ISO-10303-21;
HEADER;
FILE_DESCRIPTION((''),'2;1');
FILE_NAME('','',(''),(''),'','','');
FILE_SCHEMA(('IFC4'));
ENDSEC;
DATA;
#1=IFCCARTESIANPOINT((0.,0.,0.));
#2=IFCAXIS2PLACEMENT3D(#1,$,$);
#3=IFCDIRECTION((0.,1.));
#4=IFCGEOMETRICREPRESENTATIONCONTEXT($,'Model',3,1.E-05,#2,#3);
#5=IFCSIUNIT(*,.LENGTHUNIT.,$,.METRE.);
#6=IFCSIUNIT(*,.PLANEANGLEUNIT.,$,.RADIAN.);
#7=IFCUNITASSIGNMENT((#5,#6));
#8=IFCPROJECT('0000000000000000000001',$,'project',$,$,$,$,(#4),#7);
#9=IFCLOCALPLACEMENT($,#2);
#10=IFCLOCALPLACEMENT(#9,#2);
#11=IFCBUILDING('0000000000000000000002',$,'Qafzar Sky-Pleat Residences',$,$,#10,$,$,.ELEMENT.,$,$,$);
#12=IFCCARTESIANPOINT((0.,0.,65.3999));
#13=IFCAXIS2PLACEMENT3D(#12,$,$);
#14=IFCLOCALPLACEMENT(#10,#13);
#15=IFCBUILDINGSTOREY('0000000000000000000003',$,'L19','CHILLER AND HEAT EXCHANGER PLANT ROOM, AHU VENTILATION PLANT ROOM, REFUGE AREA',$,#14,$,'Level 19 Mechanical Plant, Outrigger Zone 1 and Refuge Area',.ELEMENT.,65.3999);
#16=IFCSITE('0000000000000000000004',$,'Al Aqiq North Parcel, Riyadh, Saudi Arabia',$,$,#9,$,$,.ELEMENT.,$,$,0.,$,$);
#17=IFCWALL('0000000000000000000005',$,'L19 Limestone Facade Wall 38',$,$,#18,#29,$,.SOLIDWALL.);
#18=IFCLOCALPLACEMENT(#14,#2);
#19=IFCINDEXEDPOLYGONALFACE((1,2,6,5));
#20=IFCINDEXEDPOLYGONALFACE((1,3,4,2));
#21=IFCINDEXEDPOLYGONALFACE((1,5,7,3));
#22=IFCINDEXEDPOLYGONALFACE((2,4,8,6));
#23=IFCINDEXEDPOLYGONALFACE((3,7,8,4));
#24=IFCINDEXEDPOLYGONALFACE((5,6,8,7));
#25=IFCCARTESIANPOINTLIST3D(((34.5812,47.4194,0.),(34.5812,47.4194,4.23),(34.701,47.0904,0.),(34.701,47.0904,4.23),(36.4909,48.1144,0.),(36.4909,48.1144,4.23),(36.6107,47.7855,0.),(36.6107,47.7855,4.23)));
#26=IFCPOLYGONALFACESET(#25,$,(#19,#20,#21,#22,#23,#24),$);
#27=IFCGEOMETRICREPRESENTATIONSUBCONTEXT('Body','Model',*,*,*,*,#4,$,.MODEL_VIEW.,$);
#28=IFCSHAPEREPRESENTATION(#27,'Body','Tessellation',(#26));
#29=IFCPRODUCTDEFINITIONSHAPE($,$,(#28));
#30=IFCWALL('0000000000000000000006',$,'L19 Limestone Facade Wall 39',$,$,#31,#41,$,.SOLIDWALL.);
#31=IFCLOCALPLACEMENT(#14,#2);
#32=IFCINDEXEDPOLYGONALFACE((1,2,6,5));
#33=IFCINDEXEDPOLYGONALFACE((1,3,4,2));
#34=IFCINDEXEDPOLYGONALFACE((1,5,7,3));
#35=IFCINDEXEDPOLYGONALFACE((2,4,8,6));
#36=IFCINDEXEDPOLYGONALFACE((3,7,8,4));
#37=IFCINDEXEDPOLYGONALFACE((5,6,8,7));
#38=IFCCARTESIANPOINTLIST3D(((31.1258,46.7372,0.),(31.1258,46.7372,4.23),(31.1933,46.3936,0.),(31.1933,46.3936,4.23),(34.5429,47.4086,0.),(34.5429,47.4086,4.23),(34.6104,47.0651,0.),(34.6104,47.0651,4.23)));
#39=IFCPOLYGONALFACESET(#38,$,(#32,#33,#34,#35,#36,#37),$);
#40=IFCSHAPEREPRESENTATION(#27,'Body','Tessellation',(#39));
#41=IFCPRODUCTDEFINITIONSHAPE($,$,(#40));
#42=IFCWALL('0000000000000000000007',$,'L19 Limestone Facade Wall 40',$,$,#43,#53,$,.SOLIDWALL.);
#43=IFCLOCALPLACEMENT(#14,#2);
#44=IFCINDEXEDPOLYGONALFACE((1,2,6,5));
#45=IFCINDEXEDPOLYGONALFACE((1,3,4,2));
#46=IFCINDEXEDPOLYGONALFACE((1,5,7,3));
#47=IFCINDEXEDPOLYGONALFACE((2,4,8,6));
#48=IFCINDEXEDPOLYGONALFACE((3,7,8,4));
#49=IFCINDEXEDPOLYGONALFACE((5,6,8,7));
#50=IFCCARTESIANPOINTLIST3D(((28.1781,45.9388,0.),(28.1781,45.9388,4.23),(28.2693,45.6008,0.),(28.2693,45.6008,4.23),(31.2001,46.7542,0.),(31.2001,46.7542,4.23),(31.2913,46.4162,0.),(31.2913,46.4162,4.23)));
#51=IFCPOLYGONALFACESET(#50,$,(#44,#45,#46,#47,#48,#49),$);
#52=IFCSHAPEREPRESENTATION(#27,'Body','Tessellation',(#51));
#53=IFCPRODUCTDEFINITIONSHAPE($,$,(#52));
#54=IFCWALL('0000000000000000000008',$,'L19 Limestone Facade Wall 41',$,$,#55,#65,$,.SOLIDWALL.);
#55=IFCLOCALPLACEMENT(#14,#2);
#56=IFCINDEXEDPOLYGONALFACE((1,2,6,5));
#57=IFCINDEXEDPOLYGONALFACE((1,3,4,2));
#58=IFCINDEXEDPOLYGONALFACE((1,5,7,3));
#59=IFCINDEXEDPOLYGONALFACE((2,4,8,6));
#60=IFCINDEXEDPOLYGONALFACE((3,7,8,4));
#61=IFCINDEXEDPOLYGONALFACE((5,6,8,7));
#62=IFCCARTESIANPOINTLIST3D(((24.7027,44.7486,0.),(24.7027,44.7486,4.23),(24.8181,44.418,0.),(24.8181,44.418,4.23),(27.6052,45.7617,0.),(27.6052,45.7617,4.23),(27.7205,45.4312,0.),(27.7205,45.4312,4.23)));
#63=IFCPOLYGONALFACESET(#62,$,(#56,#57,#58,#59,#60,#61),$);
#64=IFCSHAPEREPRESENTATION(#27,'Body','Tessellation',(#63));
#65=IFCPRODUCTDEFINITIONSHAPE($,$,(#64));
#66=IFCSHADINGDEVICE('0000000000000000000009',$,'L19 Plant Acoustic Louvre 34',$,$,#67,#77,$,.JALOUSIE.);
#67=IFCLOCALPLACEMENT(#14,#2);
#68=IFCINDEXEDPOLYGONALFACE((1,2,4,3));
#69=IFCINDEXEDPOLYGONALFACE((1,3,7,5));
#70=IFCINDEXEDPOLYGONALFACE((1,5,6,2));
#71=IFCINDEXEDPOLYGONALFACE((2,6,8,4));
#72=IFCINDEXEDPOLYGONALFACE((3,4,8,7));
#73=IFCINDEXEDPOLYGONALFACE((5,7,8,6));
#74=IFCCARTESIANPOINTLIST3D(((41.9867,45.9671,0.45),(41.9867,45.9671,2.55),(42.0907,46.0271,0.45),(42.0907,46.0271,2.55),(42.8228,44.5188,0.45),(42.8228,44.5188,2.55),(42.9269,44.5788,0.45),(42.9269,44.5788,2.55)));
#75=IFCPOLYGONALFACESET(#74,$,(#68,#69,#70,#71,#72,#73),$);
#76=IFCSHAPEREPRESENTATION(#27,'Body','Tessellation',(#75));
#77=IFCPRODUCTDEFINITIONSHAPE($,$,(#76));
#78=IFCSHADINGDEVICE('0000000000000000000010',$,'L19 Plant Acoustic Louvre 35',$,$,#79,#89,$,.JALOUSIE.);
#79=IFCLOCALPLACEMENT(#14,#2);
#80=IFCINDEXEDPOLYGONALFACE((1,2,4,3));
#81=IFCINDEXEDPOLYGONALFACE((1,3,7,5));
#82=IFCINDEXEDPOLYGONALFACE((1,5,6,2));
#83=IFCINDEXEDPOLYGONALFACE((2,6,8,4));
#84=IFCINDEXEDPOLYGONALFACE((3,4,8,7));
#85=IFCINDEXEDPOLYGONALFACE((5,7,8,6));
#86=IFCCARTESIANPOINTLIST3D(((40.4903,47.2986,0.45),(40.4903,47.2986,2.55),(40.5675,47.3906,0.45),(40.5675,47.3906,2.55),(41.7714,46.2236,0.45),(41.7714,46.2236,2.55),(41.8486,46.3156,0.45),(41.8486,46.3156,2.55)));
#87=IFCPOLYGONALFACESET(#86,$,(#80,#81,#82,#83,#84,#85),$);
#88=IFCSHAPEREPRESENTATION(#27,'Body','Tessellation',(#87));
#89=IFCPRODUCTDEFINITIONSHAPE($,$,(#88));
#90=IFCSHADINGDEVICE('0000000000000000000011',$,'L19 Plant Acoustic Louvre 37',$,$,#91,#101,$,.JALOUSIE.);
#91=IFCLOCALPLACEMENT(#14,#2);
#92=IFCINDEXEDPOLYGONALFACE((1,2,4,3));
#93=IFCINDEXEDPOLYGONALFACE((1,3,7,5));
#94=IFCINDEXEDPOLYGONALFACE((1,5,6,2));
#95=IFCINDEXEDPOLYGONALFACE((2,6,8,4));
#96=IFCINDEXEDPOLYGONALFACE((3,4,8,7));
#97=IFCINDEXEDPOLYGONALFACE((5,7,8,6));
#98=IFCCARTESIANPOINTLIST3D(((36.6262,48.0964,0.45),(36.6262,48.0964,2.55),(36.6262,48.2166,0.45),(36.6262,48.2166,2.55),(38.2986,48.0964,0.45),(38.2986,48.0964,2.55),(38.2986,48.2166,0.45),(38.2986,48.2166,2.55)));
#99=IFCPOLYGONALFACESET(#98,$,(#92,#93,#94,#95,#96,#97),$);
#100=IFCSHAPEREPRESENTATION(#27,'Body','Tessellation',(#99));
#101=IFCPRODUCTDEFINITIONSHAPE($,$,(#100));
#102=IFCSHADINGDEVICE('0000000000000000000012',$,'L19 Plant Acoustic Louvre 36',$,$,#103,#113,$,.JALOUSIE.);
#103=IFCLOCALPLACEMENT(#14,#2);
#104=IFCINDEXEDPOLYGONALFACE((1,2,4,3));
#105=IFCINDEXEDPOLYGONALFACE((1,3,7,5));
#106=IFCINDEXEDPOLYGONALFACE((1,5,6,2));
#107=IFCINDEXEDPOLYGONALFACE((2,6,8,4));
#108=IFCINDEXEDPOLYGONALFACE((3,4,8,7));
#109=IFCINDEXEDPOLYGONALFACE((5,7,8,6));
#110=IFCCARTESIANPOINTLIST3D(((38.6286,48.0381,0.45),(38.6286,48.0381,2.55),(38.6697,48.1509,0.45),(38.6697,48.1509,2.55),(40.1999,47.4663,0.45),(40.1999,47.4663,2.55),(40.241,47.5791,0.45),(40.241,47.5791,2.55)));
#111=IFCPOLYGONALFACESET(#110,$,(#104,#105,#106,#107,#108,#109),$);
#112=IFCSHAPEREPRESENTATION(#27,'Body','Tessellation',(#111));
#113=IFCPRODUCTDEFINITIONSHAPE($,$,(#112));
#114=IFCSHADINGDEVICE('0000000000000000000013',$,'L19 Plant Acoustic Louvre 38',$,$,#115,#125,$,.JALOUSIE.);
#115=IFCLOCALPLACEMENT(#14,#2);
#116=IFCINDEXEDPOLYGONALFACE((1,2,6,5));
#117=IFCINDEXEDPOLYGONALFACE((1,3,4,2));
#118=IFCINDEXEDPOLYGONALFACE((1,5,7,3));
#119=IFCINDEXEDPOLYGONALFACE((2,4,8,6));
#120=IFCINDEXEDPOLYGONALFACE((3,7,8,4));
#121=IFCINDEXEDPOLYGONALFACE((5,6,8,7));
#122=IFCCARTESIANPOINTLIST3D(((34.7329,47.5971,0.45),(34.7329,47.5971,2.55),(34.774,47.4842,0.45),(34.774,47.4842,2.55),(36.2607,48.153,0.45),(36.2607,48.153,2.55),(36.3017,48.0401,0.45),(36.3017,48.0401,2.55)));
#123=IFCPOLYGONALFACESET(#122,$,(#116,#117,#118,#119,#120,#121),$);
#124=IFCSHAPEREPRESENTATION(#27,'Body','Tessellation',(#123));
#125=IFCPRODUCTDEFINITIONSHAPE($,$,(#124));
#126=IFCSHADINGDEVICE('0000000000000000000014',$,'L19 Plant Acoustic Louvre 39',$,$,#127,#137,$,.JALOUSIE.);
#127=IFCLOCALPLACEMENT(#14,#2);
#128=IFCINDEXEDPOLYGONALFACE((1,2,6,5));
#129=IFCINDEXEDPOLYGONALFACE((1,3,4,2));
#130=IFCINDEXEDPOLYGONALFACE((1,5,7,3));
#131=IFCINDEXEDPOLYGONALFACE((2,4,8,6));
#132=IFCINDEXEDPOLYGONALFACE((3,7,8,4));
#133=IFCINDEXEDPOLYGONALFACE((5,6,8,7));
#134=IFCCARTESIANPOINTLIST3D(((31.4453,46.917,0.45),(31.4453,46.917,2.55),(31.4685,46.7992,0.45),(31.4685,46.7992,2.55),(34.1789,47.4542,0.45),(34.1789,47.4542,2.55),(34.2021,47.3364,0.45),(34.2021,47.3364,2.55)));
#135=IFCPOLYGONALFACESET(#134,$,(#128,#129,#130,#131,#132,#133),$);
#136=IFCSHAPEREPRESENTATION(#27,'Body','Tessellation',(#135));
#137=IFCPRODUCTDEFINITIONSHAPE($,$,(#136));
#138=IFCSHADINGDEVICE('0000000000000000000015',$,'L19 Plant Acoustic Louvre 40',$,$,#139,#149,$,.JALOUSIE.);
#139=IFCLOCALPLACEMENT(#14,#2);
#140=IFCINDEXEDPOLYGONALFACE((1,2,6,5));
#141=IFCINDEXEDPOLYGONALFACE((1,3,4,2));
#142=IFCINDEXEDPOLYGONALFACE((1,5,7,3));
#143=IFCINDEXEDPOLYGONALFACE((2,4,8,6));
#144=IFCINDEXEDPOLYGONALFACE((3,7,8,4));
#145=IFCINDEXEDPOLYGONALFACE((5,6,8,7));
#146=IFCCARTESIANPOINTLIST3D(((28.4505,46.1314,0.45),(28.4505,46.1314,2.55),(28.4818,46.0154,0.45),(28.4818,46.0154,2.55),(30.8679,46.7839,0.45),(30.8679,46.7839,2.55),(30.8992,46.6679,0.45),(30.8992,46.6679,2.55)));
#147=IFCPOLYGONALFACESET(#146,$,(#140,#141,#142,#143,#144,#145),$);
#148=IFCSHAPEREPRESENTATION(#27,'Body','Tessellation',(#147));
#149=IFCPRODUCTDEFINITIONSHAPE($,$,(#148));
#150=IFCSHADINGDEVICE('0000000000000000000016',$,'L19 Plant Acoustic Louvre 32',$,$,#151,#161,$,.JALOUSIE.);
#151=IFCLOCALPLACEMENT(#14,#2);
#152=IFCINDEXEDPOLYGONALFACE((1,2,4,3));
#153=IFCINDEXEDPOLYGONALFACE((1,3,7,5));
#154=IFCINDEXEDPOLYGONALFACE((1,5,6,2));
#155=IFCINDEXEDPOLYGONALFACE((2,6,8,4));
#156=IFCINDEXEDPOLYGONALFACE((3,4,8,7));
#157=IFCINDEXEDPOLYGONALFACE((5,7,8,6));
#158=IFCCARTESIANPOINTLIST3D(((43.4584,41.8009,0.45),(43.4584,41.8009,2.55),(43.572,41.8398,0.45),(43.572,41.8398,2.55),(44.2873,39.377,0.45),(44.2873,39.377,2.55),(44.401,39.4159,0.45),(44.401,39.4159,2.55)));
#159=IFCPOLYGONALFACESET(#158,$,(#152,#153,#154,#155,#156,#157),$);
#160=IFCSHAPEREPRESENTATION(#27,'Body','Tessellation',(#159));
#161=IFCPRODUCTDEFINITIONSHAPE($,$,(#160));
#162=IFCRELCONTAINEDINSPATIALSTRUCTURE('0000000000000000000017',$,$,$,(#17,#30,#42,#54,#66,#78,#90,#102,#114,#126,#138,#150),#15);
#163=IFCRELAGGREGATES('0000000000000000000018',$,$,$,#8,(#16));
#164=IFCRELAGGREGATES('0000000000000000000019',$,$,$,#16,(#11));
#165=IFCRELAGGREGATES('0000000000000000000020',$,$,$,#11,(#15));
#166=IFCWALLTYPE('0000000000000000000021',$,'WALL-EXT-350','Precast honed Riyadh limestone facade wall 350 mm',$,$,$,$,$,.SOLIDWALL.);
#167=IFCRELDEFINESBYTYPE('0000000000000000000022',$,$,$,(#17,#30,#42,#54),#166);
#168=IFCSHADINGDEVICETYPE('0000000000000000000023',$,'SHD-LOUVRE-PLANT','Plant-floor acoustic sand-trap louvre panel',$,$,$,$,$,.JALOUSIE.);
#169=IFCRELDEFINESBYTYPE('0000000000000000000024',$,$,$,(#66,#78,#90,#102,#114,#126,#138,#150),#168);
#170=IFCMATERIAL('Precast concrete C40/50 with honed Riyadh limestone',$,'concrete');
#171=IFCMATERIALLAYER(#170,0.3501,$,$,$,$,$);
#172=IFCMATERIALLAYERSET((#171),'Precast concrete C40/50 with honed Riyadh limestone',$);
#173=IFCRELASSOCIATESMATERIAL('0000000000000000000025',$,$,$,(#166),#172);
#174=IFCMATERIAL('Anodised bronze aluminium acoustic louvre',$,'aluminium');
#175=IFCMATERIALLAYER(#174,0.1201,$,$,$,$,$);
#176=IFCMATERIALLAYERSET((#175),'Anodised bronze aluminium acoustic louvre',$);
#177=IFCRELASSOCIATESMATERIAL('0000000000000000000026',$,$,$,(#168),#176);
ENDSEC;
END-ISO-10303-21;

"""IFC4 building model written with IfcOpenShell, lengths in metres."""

from ifc_helpers import new_model, si_unit, direction, frame, frame_2d, origin, origin_2d, place, context, subcontext, project, spatial, rectangle, extrude, source, transform, mapped, material, layer, layer_set, type_object, element, save


model = new_model("IFC4")

# Units and contexts
model_context = context("Model", 3, precision=1e-05, world=origin(), true_north=direction((0.0, 1.0)))
body_context = subcontext(model_context, "Body", "Model", "MODEL_VIEW")
ifc_project = project(units=[si_unit("LENGTHUNIT", "METRE"), si_unit("PLANEANGLEUNIT", "RADIAN")], contexts=[model_context])

# Site, building, storey
site_placement = place(None, origin())
site = spatial("IfcSite", under=ifc_project, at=site_placement, Name="Al Aqiq North Parcel, Riyadh, Saudi Arabia", CompositionType="ELEMENT", RefElevation=0.0)
building_placement = place(site_placement, origin())
building = spatial("IfcBuilding", under=site, at=building_placement, Name="Qafzar Sky-Pleat Residences", CompositionType="ELEMENT")
storey_placement = place(building_placement, frame((0.0, 0.0, 65.3999)))
storey = spatial("IfcBuildingStorey", under=building, at=storey_placement, Name="L19", Description="CHILLER AND HEAT EXCHANGER PLANT ROOM, AHU VENTILATION PLANT ROOM, REFUGE AREA", LongName="Level 19 Mechanical Plant, Outrigger Zone 1 and Refuge Area", CompositionType="ELEMENT", Elevation=65.3999)

# Walls
ifc_material_1 = material(Name="Precast concrete C40/50 with honed Riyadh limestone", Category="concrete")
ifc_layer_1 = layer(ifc_material_1, 0.3501)
ifc_layer_set_1 = layer_set([ifc_layer_1], Name="Precast concrete C40/50 with honed Riyadh limestone")
wall_type = type_object("IfcWallType", Name="WALL-EXT-350", Description="Precast honed Riyadh limestone facade wall 350 mm", PredefinedType="SOLIDWALL", material=ifc_layer_set_1)
wall_1_placement = place(storey_placement, frame((36.5508, 47.95, 0.0), z_axis=(0.0, 0.0, 1.0), x_axis=(-0.939692, -0.342023, 0.0)))
element("IfcWall", 1, at=wall_1_placement, inside=storey, type_object=wall_type, Name="L19 Limestone Facade Wall 38", PredefinedType="SOLIDWALL", context=body_context, shape_type="SweptSolid", body=[
    extrude(rectangle(XDim=2.0322, YDim=0.3501, at=frame_2d((1.0161, 0.0))), origin(), (0.0, 0.0, 1.0), 4.23),
])
wall_2_placement = place(storey_placement, frame((34.5767, 47.2368, 0.0), z_axis=(0.0, 0.0, 1.0), x_axis=(-0.981238, -0.192798, 0.0)))
element("IfcWall", 2, at=wall_2_placement, inside=storey, type_object=wall_type, Name="L19 Limestone Facade Wall 39", PredefinedType="SOLIDWALL", context=body_context, shape_type="SweptSolid", body=[
    extrude(rectangle(XDim=3.4824, YDim=0.3501, at=frame_2d((1.7412, 0.0))), origin(), (0.0, 0.0, 1.0), 4.23),
])
wall_3_placement = place(storey_placement, frame((31.2456, 46.5852, 0.0), z_axis=(0.0, 0.0, 1.0), x_axis=(-0.96547, -0.260516, 0.0)))
element("IfcWall", 3, at=wall_3_placement, inside=storey, type_object=wall_type, Name="L19 Limestone Facade Wall 40", PredefinedType="SOLIDWALL", context=body_context, shape_type="SweptSolid", body=[
    extrude(rectangle(XDim=3.1301, YDim=0.3501, at=frame_2d((1.5649, 0.0))), origin(), (0.0, 0.0, 1.0), 4.23),
])
wall_4_placement = place(storey_placement, frame((27.6628, 45.5964, 0.0), z_axis=(0.0, 0.0, 1.0), x_axis=(-0.944134, -0.329561, 0.0)))
element("IfcWall", 4, at=wall_4_placement, inside=storey, type_object=wall_type, Name="L19 Limestone Facade Wall 41", PredefinedType="SOLIDWALL", context=body_context, shape_type="SweptSolid", body=[
    extrude(rectangle(XDim=3.0742, YDim=0.3501, at=frame_2d((1.5371, 0.0))), origin(), (0.0, 0.0, 1.0), 4.23),
])

# Shading devices
ifc_material_2 = material(Name="Anodised bronze aluminium acoustic louvre", Category="aluminium")
ifc_layer_2 = layer(ifc_material_2, 0.1201)
ifc_layer_set_2 = layer_set([ifc_layer_2], Name="Anodised bronze aluminium acoustic louvre")
shading_device_type = type_object("IfcShadingDeviceType", Name="SHD-LOUVRE-PLANT", Description="Plant-floor acoustic sand-trap louvre panel", PredefinedType="JALOUSIE", material=ifc_layer_set_2)
shared_shape_1 = source(origin(), body_context, "Body", "SweptSolid", [
    extrude(rectangle(XDim=1.6724, YDim=0.1201, at=origin_2d()), origin(), (0.0, 0.0, 1.0), 2.1001),
])
for number, where, z_axis, x_axis, name in (
    (5, (42.4568, 45.2729, 0.45), (0.0, 0.0, 1.0), (-0.499972, 0.866041, 0.0), "L19 Plant Acoustic Louvre 34"),
    (6, (41.1694, 46.8071, 0.45), (0.0, 0.0, 1.0), (-0.766033, 0.642802, 0.0), "L19 Plant Acoustic Louvre 35"),
    (7, (37.4624, 48.1565, 0.45), (0.0, 0.0, 1.0), (-1.0, 0.0, 0.0), "L19 Plant Acoustic Louvre 37"),
):
    element("IfcShadingDevice", number, at=place(storey_placement, frame(where, z_axis=z_axis, x_axis=x_axis)), inside=storey, type_object=shading_device_type, Name=name, PredefinedType="JALOUSIE", context=body_context, shape_type="MappedRepresentation", body=[
        mapped(shared_shape_1, transform((0.0, 0.0, 0.0), x_axis=(1.0, 0.0, 0.0), y_axis=(0.0, 1.0, 0.0), z_axis=(0.0, 0.0, 1.0), scale=1.0)),
    ])
shared_shape_2 = source(origin(), body_context, "Body", "SweptSolid", [
    extrude(rectangle(XDim=1.6721, YDim=0.1201, at=origin_2d()), origin(), (0.0, 0.0, 1.0), 2.1001),
])
shading_device_1_placement = place(storey_placement, frame((39.4348, 47.8086, 0.45), z_axis=(0.0, 0.0, 1.0), x_axis=(-0.939715, 0.341958, 0.0)))
element("IfcShadingDevice", 8, at=shading_device_1_placement, inside=storey, type_object=shading_device_type, Name="L19 Plant Acoustic Louvre 36", PredefinedType="JALOUSIE", context=body_context, shape_type="MappedRepresentation", body=[
    mapped(shared_shape_2, transform((0.0, 0.0, 0.0), x_axis=(1.0, 0.0, 0.0), y_axis=(0.0, 1.0, 0.0), z_axis=(0.0, 0.0, 1.0), scale=1.0)),
])
shared_shape_3 = source(origin(), body_context, "Body", "SweptSolid", [
    extrude(rectangle(XDim=1.6257, YDim=0.1201, at=origin_2d()), origin(), (0.0, 0.0, 1.0), 2.1001),
])
shading_device_2_placement = place(storey_placement, frame((35.5173, 47.8186, 0.45), z_axis=(0.0, 0.0, 1.0), x_axis=(-0.93971, -0.341972, 0.0)))
element("IfcShadingDevice", 9, at=shading_device_2_placement, inside=storey, type_object=shading_device_type, Name="L19 Plant Acoustic Louvre 38", PredefinedType="JALOUSIE", context=body_context, shape_type="MappedRepresentation", body=[
    mapped(shared_shape_3, transform((0.0, 0.0, 0.0), x_axis=(1.0, 0.0, 0.0), y_axis=(0.0, 1.0, 0.0), z_axis=(0.0, 0.0, 1.0), scale=1.0)),
])
shared_shape_4 = source(origin(), body_context, "Body", "SweptSolid", [
    extrude(rectangle(XDim=2.7859, YDim=0.1201, at=origin_2d()), origin(), (0.0, 0.0, 1.0), 2.1001),
])
shading_device_3_placement = place(storey_placement, frame((32.8237, 47.1267, 0.45), z_axis=(0.0, 0.0, 1.0), x_axis=(-0.981231, -0.192835, 0.0)))
element("IfcShadingDevice", 10, at=shading_device_3_placement, inside=storey, type_object=shading_device_type, Name="L19 Plant Acoustic Louvre 39", PredefinedType="JALOUSIE", context=body_context, shape_type="MappedRepresentation", body=[
    mapped(shared_shape_4, transform((0.0, 0.0, 0.0), x_axis=(1.0, 0.0, 0.0), y_axis=(0.0, 1.0, 0.0), z_axis=(0.0, 0.0, 1.0), scale=1.0)),
])
shared_shape_5 = source(origin(), body_context, "Body", "SweptSolid", [
    extrude(rectangle(XDim=2.5039, YDim=0.1201, at=origin_2d()), origin(), (0.0, 0.0, 1.0), 2.1001),
])
shading_device_4_placement = place(storey_placement, frame((29.6748, 46.3997, 0.45), z_axis=(0.0, 0.0, 1.0), x_axis=(-0.965452, -0.260581, 0.0)))
element("IfcShadingDevice", 11, at=shading_device_4_placement, inside=storey, type_object=shading_device_type, Name="L19 Plant Acoustic Louvre 40", PredefinedType="JALOUSIE", context=body_context, shape_type="MappedRepresentation", body=[
    mapped(shared_shape_5, transform((0.0, 0.0, 0.0), x_axis=(1.0, 0.0, 0.0), y_axis=(0.0, 1.0, 0.0), z_axis=(0.0, 0.0, 1.0), scale=1.0)),
])
shared_shape_6 = source(origin(), body_context, "Body", "SweptSolid", [
    extrude(rectangle(XDim=2.5618, YDim=0.1201, at=origin_2d()), origin(), (0.0, 0.0, 1.0), 2.1001),
])
shading_device_5_placement = place(storey_placement, frame((43.9297, 40.6084, 0.45), z_axis=(0.0, 0.0, 1.0), x_axis=(-0.323582, 0.9462, 0.0)))
element("IfcShadingDevice", 12, at=shading_device_5_placement, inside=storey, type_object=shading_device_type, Name="L19 Plant Acoustic Louvre 32", PredefinedType="JALOUSIE", context=body_context, shape_type="MappedRepresentation", body=[
    mapped(shared_shape_6, transform((0.0, 0.0, 0.0), x_axis=(1.0, 0.0, 0.0), y_axis=(0.0, 1.0, 0.0), z_axis=(0.0, 0.0, 1.0), scale=1.0)),
])

save(model, "model.ifc")
